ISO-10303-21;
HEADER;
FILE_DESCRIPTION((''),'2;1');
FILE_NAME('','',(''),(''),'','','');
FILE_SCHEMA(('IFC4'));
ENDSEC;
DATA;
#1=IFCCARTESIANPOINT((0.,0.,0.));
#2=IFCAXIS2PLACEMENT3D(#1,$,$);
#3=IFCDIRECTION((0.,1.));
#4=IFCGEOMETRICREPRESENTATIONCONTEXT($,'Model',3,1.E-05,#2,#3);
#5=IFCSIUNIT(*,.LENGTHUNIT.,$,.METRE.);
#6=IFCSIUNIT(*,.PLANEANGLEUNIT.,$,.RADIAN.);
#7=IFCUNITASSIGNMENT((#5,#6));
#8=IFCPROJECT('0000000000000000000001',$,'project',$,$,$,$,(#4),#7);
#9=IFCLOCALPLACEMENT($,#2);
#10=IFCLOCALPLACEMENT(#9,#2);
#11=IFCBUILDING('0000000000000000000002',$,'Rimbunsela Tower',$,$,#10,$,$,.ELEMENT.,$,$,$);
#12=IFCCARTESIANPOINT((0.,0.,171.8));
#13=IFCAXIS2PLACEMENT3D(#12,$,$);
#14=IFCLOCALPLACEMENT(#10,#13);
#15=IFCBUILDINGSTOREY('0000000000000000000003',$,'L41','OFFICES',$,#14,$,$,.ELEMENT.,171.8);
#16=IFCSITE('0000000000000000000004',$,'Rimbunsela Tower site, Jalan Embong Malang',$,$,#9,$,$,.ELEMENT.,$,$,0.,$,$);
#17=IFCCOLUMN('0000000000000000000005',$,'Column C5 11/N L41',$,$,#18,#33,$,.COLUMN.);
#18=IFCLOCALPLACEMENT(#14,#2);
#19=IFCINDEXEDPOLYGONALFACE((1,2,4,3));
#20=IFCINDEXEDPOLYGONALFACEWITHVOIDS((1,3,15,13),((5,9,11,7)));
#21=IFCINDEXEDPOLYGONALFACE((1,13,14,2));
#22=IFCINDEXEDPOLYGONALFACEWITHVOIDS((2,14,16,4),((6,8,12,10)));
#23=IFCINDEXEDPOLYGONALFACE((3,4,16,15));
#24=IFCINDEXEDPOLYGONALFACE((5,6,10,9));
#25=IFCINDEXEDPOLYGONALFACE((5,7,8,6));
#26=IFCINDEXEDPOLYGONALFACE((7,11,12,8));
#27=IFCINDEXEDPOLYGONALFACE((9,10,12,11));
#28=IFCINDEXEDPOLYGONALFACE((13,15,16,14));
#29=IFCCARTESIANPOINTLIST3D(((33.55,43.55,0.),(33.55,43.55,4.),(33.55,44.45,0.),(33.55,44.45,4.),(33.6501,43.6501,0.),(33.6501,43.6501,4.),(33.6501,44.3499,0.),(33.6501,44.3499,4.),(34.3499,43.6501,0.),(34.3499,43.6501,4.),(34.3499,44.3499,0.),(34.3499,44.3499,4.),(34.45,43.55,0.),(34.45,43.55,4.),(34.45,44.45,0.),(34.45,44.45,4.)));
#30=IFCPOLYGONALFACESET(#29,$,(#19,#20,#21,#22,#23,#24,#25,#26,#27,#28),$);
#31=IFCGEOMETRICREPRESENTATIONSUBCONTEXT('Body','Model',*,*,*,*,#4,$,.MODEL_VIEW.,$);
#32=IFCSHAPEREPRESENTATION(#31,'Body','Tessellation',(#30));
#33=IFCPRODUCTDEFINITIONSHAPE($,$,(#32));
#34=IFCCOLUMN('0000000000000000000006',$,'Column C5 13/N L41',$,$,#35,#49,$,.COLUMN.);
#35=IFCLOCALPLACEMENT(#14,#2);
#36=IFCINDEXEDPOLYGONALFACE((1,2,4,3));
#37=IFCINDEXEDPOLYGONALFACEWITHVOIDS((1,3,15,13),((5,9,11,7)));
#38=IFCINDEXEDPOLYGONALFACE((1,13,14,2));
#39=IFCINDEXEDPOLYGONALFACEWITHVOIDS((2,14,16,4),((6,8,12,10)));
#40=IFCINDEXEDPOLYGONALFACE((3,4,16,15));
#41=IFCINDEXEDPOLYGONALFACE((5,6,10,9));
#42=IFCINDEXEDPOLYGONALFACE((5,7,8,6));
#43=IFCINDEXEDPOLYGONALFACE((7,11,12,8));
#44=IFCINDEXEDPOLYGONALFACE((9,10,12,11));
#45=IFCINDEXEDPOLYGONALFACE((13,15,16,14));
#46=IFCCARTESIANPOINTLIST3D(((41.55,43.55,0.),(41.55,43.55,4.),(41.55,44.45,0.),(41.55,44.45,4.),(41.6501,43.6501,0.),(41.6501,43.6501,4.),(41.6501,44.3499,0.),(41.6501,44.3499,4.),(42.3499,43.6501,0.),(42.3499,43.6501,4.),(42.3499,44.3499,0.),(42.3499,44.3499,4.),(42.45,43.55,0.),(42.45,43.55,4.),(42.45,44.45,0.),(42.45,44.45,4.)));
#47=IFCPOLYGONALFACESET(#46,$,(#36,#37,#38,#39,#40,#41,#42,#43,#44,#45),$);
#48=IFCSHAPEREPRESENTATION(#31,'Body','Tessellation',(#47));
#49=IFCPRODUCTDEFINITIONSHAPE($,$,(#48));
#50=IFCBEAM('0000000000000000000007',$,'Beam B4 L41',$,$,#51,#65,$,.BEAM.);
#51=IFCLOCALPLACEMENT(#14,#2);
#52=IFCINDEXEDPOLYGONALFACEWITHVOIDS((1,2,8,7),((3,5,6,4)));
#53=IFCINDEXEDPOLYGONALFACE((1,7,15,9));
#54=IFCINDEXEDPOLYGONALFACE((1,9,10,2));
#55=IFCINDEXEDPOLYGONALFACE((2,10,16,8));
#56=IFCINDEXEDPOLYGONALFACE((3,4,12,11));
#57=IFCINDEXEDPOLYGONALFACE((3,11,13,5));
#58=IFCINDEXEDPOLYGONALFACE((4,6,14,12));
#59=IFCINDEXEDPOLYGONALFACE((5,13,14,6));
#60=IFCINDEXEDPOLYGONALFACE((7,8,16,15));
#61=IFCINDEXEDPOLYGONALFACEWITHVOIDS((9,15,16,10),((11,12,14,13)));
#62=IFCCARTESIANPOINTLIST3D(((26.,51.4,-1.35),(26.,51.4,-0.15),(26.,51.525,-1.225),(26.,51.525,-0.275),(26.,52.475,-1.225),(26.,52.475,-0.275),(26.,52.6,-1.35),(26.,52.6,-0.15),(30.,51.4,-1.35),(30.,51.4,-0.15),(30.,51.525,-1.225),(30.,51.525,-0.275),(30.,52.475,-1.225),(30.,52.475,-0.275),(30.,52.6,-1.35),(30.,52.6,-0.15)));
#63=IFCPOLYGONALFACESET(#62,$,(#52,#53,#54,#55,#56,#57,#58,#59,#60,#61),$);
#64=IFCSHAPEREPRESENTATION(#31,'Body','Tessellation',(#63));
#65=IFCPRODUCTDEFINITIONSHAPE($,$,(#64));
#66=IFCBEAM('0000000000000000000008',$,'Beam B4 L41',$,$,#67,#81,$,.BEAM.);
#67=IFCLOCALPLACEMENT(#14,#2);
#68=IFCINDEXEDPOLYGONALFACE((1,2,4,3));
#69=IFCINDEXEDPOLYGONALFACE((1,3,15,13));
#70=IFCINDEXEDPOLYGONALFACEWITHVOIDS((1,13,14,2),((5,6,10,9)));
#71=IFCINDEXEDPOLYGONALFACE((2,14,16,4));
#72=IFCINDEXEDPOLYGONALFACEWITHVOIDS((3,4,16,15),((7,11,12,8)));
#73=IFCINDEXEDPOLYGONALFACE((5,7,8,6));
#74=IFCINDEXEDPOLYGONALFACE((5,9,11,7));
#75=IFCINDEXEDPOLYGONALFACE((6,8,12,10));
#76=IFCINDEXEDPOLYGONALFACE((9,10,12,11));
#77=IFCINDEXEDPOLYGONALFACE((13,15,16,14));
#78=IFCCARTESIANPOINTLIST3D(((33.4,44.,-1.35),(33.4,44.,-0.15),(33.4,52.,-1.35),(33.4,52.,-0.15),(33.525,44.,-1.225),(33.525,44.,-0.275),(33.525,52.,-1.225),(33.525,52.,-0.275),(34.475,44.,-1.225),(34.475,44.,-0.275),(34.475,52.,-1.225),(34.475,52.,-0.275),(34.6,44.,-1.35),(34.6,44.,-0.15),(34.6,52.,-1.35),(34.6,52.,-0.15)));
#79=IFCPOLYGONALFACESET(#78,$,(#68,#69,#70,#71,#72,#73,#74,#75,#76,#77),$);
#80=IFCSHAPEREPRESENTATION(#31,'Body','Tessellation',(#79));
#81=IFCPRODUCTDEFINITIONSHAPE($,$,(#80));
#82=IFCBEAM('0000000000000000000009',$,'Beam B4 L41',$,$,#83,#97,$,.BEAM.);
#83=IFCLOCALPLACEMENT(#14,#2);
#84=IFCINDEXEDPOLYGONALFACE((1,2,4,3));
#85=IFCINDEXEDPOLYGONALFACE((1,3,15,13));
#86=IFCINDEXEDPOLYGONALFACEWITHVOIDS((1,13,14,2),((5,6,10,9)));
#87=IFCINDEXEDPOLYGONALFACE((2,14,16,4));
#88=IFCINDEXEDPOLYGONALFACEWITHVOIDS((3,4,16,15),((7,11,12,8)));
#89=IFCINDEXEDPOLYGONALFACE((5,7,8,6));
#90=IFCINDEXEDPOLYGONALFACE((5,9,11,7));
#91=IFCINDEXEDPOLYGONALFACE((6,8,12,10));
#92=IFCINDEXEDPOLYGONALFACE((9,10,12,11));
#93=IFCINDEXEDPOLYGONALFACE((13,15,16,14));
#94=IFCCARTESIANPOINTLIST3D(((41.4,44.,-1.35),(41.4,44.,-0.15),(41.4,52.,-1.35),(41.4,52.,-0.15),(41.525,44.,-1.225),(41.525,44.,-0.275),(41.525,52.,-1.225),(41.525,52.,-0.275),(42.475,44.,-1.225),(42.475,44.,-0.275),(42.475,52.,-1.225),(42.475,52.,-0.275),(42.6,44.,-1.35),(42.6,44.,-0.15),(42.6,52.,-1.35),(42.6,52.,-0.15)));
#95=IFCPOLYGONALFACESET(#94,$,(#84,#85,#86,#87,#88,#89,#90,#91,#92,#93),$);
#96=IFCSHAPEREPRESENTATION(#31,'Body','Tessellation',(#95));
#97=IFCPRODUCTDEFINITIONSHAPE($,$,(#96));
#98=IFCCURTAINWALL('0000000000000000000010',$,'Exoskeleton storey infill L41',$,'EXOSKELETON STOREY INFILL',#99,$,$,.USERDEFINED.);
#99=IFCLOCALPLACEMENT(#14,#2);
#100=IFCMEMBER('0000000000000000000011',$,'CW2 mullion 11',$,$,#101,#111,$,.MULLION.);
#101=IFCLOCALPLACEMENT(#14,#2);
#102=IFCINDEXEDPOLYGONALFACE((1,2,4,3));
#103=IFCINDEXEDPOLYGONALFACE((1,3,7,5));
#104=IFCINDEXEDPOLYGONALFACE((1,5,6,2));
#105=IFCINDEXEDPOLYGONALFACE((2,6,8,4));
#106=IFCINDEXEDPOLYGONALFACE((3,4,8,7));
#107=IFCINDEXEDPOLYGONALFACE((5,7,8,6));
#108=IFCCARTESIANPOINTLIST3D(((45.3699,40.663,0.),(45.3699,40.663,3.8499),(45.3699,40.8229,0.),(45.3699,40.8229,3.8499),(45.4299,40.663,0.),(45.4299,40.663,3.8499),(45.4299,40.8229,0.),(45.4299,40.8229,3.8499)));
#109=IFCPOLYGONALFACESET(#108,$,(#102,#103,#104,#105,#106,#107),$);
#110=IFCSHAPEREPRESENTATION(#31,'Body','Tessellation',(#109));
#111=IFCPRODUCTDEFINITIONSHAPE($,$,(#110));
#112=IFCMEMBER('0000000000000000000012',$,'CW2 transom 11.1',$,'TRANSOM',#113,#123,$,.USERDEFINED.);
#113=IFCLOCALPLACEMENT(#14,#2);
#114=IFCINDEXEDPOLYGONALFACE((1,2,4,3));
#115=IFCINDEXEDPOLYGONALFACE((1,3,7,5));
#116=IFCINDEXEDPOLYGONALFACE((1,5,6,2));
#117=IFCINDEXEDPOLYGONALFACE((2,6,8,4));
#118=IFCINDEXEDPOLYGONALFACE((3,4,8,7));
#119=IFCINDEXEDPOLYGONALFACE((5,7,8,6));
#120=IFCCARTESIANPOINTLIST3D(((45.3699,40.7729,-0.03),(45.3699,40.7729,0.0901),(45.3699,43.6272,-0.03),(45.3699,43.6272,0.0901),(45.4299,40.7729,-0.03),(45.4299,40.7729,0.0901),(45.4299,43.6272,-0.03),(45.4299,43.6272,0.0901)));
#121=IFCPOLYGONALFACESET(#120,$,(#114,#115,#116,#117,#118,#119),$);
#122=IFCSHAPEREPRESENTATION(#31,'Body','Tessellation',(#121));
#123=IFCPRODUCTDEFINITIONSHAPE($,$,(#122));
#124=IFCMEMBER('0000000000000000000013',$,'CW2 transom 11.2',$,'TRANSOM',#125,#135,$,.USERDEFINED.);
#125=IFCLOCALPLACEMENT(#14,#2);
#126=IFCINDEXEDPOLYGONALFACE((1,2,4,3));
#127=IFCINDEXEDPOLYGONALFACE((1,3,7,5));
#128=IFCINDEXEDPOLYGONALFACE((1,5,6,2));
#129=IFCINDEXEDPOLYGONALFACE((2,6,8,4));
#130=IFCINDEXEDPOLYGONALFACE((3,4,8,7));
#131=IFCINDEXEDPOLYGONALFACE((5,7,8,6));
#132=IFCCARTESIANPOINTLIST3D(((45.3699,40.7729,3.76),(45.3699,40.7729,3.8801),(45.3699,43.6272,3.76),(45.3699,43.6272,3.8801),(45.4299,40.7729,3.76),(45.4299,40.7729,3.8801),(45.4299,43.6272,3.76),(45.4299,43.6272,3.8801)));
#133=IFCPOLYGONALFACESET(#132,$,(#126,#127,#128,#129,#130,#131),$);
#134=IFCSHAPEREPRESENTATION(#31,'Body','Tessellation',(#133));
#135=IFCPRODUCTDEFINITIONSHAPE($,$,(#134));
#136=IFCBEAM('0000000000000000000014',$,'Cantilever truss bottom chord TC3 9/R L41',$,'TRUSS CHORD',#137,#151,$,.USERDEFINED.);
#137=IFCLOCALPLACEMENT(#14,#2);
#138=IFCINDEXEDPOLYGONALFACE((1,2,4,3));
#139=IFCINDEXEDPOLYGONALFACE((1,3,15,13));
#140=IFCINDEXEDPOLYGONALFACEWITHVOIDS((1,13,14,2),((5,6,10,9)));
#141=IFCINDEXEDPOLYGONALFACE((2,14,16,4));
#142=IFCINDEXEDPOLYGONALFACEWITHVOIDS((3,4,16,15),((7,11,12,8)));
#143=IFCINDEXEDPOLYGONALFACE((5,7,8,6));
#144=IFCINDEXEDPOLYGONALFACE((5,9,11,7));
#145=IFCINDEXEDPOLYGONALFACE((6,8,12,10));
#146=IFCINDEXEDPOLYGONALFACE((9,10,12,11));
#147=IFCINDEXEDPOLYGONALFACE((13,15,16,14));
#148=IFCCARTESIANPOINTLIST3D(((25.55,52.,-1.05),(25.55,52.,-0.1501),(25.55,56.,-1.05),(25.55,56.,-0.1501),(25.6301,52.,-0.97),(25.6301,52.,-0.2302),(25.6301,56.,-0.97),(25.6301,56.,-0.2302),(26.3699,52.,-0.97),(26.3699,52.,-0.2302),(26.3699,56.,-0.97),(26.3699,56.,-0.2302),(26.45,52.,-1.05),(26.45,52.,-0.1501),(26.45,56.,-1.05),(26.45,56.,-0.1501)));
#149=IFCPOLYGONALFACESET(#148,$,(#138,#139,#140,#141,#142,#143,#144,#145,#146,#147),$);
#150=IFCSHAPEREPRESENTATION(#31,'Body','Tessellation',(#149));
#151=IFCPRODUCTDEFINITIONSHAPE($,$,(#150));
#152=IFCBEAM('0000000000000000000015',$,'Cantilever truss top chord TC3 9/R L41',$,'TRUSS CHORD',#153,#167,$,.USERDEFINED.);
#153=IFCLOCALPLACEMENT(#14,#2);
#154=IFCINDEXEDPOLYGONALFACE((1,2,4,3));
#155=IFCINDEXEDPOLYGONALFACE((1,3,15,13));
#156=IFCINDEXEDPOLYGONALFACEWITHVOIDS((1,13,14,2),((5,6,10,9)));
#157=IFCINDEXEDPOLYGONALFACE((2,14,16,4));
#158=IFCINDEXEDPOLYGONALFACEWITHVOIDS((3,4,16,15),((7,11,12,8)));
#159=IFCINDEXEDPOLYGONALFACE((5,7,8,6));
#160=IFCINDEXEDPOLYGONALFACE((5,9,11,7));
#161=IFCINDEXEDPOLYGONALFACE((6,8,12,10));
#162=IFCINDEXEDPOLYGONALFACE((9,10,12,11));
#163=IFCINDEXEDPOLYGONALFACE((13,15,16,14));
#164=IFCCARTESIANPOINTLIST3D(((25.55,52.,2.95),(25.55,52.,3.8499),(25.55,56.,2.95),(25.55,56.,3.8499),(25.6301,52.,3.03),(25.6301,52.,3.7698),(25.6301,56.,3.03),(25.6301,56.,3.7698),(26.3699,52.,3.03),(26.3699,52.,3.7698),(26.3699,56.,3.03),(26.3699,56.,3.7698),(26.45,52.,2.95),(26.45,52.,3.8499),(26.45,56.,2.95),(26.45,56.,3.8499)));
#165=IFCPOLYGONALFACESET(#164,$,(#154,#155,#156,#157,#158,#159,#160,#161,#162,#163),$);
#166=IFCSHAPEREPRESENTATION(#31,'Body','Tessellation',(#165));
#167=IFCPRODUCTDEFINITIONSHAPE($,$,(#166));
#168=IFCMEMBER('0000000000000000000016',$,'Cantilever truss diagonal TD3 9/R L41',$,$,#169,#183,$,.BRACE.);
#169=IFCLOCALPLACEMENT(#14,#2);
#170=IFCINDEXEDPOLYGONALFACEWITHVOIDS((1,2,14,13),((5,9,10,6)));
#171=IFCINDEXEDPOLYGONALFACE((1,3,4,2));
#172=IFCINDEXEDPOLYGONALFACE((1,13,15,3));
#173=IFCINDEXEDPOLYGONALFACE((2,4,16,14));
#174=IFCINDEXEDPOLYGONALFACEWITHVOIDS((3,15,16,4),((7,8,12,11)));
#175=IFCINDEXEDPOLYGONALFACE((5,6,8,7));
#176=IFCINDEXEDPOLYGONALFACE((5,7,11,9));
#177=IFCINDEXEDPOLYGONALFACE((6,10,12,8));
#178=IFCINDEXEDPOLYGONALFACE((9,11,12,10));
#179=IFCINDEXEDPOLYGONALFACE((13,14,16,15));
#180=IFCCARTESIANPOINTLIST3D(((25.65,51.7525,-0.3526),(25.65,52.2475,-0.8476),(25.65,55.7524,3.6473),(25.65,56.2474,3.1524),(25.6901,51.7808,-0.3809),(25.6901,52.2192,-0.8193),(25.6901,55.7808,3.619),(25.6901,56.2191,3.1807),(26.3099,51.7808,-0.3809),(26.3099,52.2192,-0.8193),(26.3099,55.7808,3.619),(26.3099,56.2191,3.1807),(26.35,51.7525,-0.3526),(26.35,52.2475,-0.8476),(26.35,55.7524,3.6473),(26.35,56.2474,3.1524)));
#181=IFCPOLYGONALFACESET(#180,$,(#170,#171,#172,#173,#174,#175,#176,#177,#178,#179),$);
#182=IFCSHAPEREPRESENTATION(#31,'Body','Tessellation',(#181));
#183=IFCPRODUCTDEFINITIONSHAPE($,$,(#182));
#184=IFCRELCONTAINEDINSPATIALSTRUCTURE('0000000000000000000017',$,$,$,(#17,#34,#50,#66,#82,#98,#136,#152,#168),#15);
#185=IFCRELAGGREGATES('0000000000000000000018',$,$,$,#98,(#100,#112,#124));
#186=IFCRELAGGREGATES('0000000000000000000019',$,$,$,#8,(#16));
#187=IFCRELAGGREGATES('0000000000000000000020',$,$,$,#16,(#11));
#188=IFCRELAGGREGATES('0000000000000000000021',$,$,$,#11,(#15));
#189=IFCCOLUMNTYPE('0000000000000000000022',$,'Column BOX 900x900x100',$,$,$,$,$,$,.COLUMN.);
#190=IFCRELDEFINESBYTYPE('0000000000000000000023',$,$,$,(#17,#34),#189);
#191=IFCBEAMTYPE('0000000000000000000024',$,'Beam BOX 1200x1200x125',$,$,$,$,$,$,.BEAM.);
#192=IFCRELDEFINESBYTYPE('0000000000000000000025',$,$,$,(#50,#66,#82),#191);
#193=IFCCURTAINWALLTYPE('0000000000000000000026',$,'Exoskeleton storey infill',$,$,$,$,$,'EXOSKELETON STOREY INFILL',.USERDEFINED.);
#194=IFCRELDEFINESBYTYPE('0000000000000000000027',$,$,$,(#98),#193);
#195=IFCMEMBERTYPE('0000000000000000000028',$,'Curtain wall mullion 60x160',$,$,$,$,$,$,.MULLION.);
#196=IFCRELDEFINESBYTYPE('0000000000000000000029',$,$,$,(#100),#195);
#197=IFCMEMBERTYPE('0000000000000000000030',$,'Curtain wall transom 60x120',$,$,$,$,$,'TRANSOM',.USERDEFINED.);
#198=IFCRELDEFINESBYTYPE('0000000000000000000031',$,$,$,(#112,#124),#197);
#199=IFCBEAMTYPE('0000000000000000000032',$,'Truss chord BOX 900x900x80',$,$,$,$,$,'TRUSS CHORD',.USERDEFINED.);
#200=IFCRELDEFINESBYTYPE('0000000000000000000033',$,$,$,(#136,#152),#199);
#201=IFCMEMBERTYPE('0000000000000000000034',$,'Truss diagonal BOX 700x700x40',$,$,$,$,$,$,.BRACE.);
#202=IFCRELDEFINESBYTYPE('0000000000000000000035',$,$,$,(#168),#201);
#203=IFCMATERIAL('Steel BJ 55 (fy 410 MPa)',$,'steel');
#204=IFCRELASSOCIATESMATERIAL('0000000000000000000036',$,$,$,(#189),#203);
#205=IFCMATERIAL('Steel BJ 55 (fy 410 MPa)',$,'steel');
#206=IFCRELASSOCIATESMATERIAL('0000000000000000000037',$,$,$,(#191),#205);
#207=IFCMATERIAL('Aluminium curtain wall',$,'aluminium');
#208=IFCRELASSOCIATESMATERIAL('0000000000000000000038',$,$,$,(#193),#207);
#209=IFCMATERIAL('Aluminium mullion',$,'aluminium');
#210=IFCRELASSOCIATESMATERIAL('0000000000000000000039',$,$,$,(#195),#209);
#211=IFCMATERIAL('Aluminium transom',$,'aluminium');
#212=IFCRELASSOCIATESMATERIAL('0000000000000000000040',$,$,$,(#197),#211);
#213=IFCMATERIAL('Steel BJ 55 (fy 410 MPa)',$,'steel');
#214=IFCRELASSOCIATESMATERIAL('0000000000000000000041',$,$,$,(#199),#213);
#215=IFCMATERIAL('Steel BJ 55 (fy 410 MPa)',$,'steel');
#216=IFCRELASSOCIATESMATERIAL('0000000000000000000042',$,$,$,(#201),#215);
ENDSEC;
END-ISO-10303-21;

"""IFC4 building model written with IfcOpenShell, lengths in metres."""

from ifc_helpers import new_model, si_unit, direction, frame, origin, origin_2d, place, context, subcontext, project, spatial, rectangle, hollow_rectangle, extrude, material, material_profile, profile_set, type_object, element, aggregate, save


model = new_model("IFC4")

# Units and contexts
model_context = context("Model", 3, precision=1e-05, world=origin(), true_north=direction((0.0, 1.0)))
body_context = subcontext(model_context, "Body", "Model", "MODEL_VIEW")
ifc_project = project(units=[si_unit("LENGTHUNIT", "METRE"), si_unit("PLANEANGLEUNIT", "RADIAN")], contexts=[model_context])

# Site, building, storey
site_placement = place(None, origin())
site = spatial("IfcSite", under=ifc_project, at=site_placement, Name="Rimbunsela Tower site, Jalan Embong Malang", CompositionType="ELEMENT", RefElevation=0.0)
building_placement = place(site_placement, origin())
building = spatial("IfcBuilding", under=site, at=building_placement, Name="Rimbunsela Tower", CompositionType="ELEMENT")
storey_placement = place(building_placement, frame((0.0, 0.0, 171.8)))
storey = spatial("IfcBuildingStorey", under=building, at=storey_placement, Name="L41", Description="OFFICES", CompositionType="ELEMENT", Elevation=171.8)

# Columns
ifc_material_1 = material(Name="Steel BJ 55 (fy 410 MPa)", Category="steel")
ifc_material_profile_1 = material_profile(ifc_material_1, hollow_rectangle(XDim=0.8999, YDim=0.8999, WallThickness=0.1001, at=origin_2d()), Name="BOX 900x900x100")
ifc_profile_set_1 = profile_set([ifc_material_profile_1], Name="Steel BJ 55 (fy 410 MPa)")
column_type = type_object("IfcColumnType", Name="Column BOX 900x900x100", PredefinedType="COLUMN", material=ifc_profile_set_1)
for number, where, z_axis, x_axis, name in (
    (1, (34.0, 44.0, 0.0), (0.0, 0.0, 1.0), (1.0, 0.0, 0.0), "Column C5 11/N L41"),
    (2, (42.0, 44.0, 0.0), (0.0, 0.0, 1.0), (1.0, 0.0, 0.0), "Column C5 13/N L41"),
):
    element("IfcColumn", number, at=place(storey_placement, frame(where, z_axis=z_axis, x_axis=x_axis)), inside=storey, type_object=column_type, Name=name, PredefinedType="COLUMN", context=body_context, shape_type="SweptSolid", body=[
        extrude(hollow_rectangle(XDim=0.8999, YDim=0.8999, WallThickness=0.1001, at=origin_2d()), origin(), (0.0, 0.0, 1.0), 4.0),
    ])

# Beams
ifc_material_2 = material(Name="Steel BJ 55 (fy 410 MPa)", Category="steel")
ifc_material_profile_2 = material_profile(ifc_material_2, hollow_rectangle(XDim=1.2, YDim=1.2, WallThickness=0.125, at=origin_2d()), Name="BOX 1200x1200x125")
ifc_profile_set_2 = profile_set([ifc_material_profile_2], Name="Steel BJ 55 (fy 410 MPa)")
beam_type_1 = type_object("IfcBeamType", Name="Beam BOX 1200x1200x125", PredefinedType="BEAM", material=ifc_profile_set_2)
beam_placement = place(storey_placement, frame((26.0, 52.0, -0.75), z_axis=(1.0, 0.0, 0.0), x_axis=(0.0, 1.0, 0.0)))
element("IfcBeam", 3, at=beam_placement, inside=storey, type_object=beam_type_1, Name="Beam B4 L41", PredefinedType="BEAM", context=body_context, shape_type="SweptSolid", body=[
    extrude(hollow_rectangle(XDim=1.2, YDim=1.2, WallThickness=0.125, at=origin_2d()), origin(), (0.0, 0.0, 1.0), 4.0),
])
for number, where, z_axis, x_axis, name in (
    (4, (34.0, 44.0, -0.75), (0.0, 1.0, 0.0), (-1.0, 0.0, 0.0), "Beam B4 L41"),
    (5, (42.0, 44.0, -0.75), (0.0, 1.0, 0.0), (-1.0, 0.0, 0.0), "Beam B4 L41"),
):
    element("IfcBeam", number, at=place(storey_placement, frame(where, z_axis=z_axis, x_axis=x_axis)), inside=storey, type_object=beam_type_1, Name=name, PredefinedType="BEAM", context=body_context, shape_type="SweptSolid", body=[
        extrude(hollow_rectangle(XDim=1.2, YDim=1.2, WallThickness=0.125, at=origin_2d()), origin(), (0.0, 0.0, 1.0), 8.0),
    ])

# Curtain wall, members
ifc_material_3 = material(Name="Aluminium curtain wall", Category="aluminium")
curtain_wall_type = type_object("IfcCurtainWallType", Name="Exoskeleton storey infill", ElementType="EXOSKELETON STOREY INFILL", PredefinedType="USERDEFINED", material=ifc_material_3)
curtain_wall_placement = place(storey_placement, origin())
curtain_wall = element("IfcCurtainWall", 6, at=curtain_wall_placement, inside=storey, type_object=curtain_wall_type, Name="Exoskeleton storey infill L41", ObjectType="EXOSKELETON STOREY INFILL", PredefinedType="USERDEFINED")
ifc_material_4 = material(Name="Aluminium mullion", Category="aluminium")
ifc_material_profile_3 = material_profile(ifc_material_4, rectangle(XDim=0.0601, YDim=0.1599, at=origin_2d()), Name="Mullion 60x160")
ifc_profile_set_3 = profile_set([ifc_material_profile_3], Name="Aluminium mullion")
member_type_1 = type_object("IfcMemberType", Name="Curtain wall mullion 60x160", PredefinedType="MULLION", material=ifc_profile_set_3)
member_1_placement = place(storey_placement, frame((45.3999, 40.7429, 0.0), z_axis=(0.0, 0.0, 1.0), x_axis=(-1.0, 0.0, 0.0)))
member_1 = element("IfcMember", 7, at=member_1_placement, type_object=member_type_1, Name="CW2 mullion 11", PredefinedType="MULLION", context=body_context, shape_type="SweptSolid", body=[
    extrude(rectangle(XDim=0.0601, YDim=0.1599, at=origin_2d()), origin(), (0.0, 0.0, 1.0), 3.8499),
])
ifc_material_5 = material(Name="Aluminium transom", Category="aluminium")
ifc_material_profile_4 = material_profile(ifc_material_5, rectangle(XDim=0.0601, YDim=0.1201, at=origin_2d()), Name="Transom 60x120")
ifc_profile_set_4 = profile_set([ifc_material_profile_4], Name="Aluminium transom")
member_type_2 = type_object("IfcMemberType", Name="Curtain wall transom 60x120", ElementType="TRANSOM", PredefinedType="USERDEFINED", material=ifc_profile_set_4)
member_2_placement = place(storey_placement, frame((45.3999, 40.7729, 0.03), z_axis=(0.0, 1.0, 0.0), x_axis=(-1.0, 0.0, 0.0)))
member_2 = element("IfcMember", 8, at=member_2_placement, type_object=member_type_2, Name="CW2 transom 11.1", ObjectType="TRANSOM", PredefinedType="USERDEFINED", context=body_context, shape_type="SweptSolid", body=[
    extrude(rectangle(XDim=0.0601, YDim=0.1201, at=origin_2d()), origin(), (0.0, 0.0, 1.0), 2.8542),
])
member_3_placement = place(storey_placement, frame((45.3999, 40.7729, 3.8201), z_axis=(0.0, 1.0, 0.0), x_axis=(-1.0, 0.0, 0.0)))
member_3 = element("IfcMember", 9, at=member_3_placement, type_object=member_type_2, Name="CW2 transom 11.2", ObjectType="TRANSOM", PredefinedType="USERDEFINED", context=body_context, shape_type="SweptSolid", body=[
    extrude(rectangle(XDim=0.0601, YDim=0.1201, at=origin_2d()), origin(), (0.0, 0.0, 1.0), 2.8542),
])

# Beams
ifc_material_6 = material(Name="Steel BJ 55 (fy 410 MPa)", Category="steel")
ifc_material_profile_5 = material_profile(ifc_material_6, hollow_rectangle(XDim=0.8999, YDim=0.8999, WallThickness=0.0801, at=origin_2d()), Name="BOX 900x900x80")
ifc_profile_set_5 = profile_set([ifc_material_profile_5], Name="Steel BJ 55 (fy 410 MPa)")
beam_type_2 = type_object("IfcBeamType", Name="Truss chord BOX 900x900x80", ElementType="TRUSS CHORD", PredefinedType="USERDEFINED", material=ifc_profile_set_5)
for number, where, z_axis, x_axis, name in (
    (10, (26.0, 52.0, -0.6001), (0.0, 1.0, 0.0), (-1.0, 0.0, 0.0), "Cantilever truss bottom chord TC3 9/R L41"),
    (11, (26.0, 52.0, 3.3999), (0.0, 1.0, 0.0), (-1.0, 0.0, 0.0), "Cantilever truss top chord TC3 9/R L41"),
):
    element("IfcBeam", number, at=place(storey_placement, frame(where, z_axis=z_axis, x_axis=x_axis)), inside=storey, type_object=beam_type_2, Name=name, ObjectType="TRUSS CHORD", PredefinedType="USERDEFINED", context=body_context, shape_type="SweptSolid", body=[
        extrude(hollow_rectangle(XDim=0.8999, YDim=0.8999, WallThickness=0.0801, at=origin_2d()), origin(), (0.0, 0.0, 1.0), 4.0),
    ])

# Member
ifc_material_7 = material(Name="Steel BJ 55 (fy 410 MPa)", Category="steel")
ifc_material_profile_6 = material_profile(ifc_material_7, hollow_rectangle(XDim=0.7, YDim=0.7, WallThickness=0.04, at=origin_2d()), Name="BOX 700x700x40")
ifc_profile_set_6 = profile_set([ifc_material_profile_6], Name="Steel BJ 55 (fy 410 MPa)")
member_type_3 = type_object("IfcMemberType", Name="Truss diagonal BOX 700x700x40", PredefinedType="BRACE", material=ifc_profile_set_6)
member_4_placement = place(storey_placement, frame((26.0, 52.0, -0.6001), z_axis=(0.0, 0.707107, 0.707107), x_axis=(-1.0, 0.0, 0.0)))
element("IfcMember", 12, at=member_4_placement, inside=storey, type_object=member_type_3, Name="Cantilever truss diagonal TD3 9/R L41", PredefinedType="BRACE", context=body_context, shape_type="SweptSolid", body=[
    extrude(hollow_rectangle(XDim=0.7, YDim=0.7, WallThickness=0.04, at=origin_2d()), origin(), (0.0, 0.0, 1.0), 5.6567),
])

aggregate(curtain_wall, [member_1, member_2, member_3])

save(model, "model.ifc")
